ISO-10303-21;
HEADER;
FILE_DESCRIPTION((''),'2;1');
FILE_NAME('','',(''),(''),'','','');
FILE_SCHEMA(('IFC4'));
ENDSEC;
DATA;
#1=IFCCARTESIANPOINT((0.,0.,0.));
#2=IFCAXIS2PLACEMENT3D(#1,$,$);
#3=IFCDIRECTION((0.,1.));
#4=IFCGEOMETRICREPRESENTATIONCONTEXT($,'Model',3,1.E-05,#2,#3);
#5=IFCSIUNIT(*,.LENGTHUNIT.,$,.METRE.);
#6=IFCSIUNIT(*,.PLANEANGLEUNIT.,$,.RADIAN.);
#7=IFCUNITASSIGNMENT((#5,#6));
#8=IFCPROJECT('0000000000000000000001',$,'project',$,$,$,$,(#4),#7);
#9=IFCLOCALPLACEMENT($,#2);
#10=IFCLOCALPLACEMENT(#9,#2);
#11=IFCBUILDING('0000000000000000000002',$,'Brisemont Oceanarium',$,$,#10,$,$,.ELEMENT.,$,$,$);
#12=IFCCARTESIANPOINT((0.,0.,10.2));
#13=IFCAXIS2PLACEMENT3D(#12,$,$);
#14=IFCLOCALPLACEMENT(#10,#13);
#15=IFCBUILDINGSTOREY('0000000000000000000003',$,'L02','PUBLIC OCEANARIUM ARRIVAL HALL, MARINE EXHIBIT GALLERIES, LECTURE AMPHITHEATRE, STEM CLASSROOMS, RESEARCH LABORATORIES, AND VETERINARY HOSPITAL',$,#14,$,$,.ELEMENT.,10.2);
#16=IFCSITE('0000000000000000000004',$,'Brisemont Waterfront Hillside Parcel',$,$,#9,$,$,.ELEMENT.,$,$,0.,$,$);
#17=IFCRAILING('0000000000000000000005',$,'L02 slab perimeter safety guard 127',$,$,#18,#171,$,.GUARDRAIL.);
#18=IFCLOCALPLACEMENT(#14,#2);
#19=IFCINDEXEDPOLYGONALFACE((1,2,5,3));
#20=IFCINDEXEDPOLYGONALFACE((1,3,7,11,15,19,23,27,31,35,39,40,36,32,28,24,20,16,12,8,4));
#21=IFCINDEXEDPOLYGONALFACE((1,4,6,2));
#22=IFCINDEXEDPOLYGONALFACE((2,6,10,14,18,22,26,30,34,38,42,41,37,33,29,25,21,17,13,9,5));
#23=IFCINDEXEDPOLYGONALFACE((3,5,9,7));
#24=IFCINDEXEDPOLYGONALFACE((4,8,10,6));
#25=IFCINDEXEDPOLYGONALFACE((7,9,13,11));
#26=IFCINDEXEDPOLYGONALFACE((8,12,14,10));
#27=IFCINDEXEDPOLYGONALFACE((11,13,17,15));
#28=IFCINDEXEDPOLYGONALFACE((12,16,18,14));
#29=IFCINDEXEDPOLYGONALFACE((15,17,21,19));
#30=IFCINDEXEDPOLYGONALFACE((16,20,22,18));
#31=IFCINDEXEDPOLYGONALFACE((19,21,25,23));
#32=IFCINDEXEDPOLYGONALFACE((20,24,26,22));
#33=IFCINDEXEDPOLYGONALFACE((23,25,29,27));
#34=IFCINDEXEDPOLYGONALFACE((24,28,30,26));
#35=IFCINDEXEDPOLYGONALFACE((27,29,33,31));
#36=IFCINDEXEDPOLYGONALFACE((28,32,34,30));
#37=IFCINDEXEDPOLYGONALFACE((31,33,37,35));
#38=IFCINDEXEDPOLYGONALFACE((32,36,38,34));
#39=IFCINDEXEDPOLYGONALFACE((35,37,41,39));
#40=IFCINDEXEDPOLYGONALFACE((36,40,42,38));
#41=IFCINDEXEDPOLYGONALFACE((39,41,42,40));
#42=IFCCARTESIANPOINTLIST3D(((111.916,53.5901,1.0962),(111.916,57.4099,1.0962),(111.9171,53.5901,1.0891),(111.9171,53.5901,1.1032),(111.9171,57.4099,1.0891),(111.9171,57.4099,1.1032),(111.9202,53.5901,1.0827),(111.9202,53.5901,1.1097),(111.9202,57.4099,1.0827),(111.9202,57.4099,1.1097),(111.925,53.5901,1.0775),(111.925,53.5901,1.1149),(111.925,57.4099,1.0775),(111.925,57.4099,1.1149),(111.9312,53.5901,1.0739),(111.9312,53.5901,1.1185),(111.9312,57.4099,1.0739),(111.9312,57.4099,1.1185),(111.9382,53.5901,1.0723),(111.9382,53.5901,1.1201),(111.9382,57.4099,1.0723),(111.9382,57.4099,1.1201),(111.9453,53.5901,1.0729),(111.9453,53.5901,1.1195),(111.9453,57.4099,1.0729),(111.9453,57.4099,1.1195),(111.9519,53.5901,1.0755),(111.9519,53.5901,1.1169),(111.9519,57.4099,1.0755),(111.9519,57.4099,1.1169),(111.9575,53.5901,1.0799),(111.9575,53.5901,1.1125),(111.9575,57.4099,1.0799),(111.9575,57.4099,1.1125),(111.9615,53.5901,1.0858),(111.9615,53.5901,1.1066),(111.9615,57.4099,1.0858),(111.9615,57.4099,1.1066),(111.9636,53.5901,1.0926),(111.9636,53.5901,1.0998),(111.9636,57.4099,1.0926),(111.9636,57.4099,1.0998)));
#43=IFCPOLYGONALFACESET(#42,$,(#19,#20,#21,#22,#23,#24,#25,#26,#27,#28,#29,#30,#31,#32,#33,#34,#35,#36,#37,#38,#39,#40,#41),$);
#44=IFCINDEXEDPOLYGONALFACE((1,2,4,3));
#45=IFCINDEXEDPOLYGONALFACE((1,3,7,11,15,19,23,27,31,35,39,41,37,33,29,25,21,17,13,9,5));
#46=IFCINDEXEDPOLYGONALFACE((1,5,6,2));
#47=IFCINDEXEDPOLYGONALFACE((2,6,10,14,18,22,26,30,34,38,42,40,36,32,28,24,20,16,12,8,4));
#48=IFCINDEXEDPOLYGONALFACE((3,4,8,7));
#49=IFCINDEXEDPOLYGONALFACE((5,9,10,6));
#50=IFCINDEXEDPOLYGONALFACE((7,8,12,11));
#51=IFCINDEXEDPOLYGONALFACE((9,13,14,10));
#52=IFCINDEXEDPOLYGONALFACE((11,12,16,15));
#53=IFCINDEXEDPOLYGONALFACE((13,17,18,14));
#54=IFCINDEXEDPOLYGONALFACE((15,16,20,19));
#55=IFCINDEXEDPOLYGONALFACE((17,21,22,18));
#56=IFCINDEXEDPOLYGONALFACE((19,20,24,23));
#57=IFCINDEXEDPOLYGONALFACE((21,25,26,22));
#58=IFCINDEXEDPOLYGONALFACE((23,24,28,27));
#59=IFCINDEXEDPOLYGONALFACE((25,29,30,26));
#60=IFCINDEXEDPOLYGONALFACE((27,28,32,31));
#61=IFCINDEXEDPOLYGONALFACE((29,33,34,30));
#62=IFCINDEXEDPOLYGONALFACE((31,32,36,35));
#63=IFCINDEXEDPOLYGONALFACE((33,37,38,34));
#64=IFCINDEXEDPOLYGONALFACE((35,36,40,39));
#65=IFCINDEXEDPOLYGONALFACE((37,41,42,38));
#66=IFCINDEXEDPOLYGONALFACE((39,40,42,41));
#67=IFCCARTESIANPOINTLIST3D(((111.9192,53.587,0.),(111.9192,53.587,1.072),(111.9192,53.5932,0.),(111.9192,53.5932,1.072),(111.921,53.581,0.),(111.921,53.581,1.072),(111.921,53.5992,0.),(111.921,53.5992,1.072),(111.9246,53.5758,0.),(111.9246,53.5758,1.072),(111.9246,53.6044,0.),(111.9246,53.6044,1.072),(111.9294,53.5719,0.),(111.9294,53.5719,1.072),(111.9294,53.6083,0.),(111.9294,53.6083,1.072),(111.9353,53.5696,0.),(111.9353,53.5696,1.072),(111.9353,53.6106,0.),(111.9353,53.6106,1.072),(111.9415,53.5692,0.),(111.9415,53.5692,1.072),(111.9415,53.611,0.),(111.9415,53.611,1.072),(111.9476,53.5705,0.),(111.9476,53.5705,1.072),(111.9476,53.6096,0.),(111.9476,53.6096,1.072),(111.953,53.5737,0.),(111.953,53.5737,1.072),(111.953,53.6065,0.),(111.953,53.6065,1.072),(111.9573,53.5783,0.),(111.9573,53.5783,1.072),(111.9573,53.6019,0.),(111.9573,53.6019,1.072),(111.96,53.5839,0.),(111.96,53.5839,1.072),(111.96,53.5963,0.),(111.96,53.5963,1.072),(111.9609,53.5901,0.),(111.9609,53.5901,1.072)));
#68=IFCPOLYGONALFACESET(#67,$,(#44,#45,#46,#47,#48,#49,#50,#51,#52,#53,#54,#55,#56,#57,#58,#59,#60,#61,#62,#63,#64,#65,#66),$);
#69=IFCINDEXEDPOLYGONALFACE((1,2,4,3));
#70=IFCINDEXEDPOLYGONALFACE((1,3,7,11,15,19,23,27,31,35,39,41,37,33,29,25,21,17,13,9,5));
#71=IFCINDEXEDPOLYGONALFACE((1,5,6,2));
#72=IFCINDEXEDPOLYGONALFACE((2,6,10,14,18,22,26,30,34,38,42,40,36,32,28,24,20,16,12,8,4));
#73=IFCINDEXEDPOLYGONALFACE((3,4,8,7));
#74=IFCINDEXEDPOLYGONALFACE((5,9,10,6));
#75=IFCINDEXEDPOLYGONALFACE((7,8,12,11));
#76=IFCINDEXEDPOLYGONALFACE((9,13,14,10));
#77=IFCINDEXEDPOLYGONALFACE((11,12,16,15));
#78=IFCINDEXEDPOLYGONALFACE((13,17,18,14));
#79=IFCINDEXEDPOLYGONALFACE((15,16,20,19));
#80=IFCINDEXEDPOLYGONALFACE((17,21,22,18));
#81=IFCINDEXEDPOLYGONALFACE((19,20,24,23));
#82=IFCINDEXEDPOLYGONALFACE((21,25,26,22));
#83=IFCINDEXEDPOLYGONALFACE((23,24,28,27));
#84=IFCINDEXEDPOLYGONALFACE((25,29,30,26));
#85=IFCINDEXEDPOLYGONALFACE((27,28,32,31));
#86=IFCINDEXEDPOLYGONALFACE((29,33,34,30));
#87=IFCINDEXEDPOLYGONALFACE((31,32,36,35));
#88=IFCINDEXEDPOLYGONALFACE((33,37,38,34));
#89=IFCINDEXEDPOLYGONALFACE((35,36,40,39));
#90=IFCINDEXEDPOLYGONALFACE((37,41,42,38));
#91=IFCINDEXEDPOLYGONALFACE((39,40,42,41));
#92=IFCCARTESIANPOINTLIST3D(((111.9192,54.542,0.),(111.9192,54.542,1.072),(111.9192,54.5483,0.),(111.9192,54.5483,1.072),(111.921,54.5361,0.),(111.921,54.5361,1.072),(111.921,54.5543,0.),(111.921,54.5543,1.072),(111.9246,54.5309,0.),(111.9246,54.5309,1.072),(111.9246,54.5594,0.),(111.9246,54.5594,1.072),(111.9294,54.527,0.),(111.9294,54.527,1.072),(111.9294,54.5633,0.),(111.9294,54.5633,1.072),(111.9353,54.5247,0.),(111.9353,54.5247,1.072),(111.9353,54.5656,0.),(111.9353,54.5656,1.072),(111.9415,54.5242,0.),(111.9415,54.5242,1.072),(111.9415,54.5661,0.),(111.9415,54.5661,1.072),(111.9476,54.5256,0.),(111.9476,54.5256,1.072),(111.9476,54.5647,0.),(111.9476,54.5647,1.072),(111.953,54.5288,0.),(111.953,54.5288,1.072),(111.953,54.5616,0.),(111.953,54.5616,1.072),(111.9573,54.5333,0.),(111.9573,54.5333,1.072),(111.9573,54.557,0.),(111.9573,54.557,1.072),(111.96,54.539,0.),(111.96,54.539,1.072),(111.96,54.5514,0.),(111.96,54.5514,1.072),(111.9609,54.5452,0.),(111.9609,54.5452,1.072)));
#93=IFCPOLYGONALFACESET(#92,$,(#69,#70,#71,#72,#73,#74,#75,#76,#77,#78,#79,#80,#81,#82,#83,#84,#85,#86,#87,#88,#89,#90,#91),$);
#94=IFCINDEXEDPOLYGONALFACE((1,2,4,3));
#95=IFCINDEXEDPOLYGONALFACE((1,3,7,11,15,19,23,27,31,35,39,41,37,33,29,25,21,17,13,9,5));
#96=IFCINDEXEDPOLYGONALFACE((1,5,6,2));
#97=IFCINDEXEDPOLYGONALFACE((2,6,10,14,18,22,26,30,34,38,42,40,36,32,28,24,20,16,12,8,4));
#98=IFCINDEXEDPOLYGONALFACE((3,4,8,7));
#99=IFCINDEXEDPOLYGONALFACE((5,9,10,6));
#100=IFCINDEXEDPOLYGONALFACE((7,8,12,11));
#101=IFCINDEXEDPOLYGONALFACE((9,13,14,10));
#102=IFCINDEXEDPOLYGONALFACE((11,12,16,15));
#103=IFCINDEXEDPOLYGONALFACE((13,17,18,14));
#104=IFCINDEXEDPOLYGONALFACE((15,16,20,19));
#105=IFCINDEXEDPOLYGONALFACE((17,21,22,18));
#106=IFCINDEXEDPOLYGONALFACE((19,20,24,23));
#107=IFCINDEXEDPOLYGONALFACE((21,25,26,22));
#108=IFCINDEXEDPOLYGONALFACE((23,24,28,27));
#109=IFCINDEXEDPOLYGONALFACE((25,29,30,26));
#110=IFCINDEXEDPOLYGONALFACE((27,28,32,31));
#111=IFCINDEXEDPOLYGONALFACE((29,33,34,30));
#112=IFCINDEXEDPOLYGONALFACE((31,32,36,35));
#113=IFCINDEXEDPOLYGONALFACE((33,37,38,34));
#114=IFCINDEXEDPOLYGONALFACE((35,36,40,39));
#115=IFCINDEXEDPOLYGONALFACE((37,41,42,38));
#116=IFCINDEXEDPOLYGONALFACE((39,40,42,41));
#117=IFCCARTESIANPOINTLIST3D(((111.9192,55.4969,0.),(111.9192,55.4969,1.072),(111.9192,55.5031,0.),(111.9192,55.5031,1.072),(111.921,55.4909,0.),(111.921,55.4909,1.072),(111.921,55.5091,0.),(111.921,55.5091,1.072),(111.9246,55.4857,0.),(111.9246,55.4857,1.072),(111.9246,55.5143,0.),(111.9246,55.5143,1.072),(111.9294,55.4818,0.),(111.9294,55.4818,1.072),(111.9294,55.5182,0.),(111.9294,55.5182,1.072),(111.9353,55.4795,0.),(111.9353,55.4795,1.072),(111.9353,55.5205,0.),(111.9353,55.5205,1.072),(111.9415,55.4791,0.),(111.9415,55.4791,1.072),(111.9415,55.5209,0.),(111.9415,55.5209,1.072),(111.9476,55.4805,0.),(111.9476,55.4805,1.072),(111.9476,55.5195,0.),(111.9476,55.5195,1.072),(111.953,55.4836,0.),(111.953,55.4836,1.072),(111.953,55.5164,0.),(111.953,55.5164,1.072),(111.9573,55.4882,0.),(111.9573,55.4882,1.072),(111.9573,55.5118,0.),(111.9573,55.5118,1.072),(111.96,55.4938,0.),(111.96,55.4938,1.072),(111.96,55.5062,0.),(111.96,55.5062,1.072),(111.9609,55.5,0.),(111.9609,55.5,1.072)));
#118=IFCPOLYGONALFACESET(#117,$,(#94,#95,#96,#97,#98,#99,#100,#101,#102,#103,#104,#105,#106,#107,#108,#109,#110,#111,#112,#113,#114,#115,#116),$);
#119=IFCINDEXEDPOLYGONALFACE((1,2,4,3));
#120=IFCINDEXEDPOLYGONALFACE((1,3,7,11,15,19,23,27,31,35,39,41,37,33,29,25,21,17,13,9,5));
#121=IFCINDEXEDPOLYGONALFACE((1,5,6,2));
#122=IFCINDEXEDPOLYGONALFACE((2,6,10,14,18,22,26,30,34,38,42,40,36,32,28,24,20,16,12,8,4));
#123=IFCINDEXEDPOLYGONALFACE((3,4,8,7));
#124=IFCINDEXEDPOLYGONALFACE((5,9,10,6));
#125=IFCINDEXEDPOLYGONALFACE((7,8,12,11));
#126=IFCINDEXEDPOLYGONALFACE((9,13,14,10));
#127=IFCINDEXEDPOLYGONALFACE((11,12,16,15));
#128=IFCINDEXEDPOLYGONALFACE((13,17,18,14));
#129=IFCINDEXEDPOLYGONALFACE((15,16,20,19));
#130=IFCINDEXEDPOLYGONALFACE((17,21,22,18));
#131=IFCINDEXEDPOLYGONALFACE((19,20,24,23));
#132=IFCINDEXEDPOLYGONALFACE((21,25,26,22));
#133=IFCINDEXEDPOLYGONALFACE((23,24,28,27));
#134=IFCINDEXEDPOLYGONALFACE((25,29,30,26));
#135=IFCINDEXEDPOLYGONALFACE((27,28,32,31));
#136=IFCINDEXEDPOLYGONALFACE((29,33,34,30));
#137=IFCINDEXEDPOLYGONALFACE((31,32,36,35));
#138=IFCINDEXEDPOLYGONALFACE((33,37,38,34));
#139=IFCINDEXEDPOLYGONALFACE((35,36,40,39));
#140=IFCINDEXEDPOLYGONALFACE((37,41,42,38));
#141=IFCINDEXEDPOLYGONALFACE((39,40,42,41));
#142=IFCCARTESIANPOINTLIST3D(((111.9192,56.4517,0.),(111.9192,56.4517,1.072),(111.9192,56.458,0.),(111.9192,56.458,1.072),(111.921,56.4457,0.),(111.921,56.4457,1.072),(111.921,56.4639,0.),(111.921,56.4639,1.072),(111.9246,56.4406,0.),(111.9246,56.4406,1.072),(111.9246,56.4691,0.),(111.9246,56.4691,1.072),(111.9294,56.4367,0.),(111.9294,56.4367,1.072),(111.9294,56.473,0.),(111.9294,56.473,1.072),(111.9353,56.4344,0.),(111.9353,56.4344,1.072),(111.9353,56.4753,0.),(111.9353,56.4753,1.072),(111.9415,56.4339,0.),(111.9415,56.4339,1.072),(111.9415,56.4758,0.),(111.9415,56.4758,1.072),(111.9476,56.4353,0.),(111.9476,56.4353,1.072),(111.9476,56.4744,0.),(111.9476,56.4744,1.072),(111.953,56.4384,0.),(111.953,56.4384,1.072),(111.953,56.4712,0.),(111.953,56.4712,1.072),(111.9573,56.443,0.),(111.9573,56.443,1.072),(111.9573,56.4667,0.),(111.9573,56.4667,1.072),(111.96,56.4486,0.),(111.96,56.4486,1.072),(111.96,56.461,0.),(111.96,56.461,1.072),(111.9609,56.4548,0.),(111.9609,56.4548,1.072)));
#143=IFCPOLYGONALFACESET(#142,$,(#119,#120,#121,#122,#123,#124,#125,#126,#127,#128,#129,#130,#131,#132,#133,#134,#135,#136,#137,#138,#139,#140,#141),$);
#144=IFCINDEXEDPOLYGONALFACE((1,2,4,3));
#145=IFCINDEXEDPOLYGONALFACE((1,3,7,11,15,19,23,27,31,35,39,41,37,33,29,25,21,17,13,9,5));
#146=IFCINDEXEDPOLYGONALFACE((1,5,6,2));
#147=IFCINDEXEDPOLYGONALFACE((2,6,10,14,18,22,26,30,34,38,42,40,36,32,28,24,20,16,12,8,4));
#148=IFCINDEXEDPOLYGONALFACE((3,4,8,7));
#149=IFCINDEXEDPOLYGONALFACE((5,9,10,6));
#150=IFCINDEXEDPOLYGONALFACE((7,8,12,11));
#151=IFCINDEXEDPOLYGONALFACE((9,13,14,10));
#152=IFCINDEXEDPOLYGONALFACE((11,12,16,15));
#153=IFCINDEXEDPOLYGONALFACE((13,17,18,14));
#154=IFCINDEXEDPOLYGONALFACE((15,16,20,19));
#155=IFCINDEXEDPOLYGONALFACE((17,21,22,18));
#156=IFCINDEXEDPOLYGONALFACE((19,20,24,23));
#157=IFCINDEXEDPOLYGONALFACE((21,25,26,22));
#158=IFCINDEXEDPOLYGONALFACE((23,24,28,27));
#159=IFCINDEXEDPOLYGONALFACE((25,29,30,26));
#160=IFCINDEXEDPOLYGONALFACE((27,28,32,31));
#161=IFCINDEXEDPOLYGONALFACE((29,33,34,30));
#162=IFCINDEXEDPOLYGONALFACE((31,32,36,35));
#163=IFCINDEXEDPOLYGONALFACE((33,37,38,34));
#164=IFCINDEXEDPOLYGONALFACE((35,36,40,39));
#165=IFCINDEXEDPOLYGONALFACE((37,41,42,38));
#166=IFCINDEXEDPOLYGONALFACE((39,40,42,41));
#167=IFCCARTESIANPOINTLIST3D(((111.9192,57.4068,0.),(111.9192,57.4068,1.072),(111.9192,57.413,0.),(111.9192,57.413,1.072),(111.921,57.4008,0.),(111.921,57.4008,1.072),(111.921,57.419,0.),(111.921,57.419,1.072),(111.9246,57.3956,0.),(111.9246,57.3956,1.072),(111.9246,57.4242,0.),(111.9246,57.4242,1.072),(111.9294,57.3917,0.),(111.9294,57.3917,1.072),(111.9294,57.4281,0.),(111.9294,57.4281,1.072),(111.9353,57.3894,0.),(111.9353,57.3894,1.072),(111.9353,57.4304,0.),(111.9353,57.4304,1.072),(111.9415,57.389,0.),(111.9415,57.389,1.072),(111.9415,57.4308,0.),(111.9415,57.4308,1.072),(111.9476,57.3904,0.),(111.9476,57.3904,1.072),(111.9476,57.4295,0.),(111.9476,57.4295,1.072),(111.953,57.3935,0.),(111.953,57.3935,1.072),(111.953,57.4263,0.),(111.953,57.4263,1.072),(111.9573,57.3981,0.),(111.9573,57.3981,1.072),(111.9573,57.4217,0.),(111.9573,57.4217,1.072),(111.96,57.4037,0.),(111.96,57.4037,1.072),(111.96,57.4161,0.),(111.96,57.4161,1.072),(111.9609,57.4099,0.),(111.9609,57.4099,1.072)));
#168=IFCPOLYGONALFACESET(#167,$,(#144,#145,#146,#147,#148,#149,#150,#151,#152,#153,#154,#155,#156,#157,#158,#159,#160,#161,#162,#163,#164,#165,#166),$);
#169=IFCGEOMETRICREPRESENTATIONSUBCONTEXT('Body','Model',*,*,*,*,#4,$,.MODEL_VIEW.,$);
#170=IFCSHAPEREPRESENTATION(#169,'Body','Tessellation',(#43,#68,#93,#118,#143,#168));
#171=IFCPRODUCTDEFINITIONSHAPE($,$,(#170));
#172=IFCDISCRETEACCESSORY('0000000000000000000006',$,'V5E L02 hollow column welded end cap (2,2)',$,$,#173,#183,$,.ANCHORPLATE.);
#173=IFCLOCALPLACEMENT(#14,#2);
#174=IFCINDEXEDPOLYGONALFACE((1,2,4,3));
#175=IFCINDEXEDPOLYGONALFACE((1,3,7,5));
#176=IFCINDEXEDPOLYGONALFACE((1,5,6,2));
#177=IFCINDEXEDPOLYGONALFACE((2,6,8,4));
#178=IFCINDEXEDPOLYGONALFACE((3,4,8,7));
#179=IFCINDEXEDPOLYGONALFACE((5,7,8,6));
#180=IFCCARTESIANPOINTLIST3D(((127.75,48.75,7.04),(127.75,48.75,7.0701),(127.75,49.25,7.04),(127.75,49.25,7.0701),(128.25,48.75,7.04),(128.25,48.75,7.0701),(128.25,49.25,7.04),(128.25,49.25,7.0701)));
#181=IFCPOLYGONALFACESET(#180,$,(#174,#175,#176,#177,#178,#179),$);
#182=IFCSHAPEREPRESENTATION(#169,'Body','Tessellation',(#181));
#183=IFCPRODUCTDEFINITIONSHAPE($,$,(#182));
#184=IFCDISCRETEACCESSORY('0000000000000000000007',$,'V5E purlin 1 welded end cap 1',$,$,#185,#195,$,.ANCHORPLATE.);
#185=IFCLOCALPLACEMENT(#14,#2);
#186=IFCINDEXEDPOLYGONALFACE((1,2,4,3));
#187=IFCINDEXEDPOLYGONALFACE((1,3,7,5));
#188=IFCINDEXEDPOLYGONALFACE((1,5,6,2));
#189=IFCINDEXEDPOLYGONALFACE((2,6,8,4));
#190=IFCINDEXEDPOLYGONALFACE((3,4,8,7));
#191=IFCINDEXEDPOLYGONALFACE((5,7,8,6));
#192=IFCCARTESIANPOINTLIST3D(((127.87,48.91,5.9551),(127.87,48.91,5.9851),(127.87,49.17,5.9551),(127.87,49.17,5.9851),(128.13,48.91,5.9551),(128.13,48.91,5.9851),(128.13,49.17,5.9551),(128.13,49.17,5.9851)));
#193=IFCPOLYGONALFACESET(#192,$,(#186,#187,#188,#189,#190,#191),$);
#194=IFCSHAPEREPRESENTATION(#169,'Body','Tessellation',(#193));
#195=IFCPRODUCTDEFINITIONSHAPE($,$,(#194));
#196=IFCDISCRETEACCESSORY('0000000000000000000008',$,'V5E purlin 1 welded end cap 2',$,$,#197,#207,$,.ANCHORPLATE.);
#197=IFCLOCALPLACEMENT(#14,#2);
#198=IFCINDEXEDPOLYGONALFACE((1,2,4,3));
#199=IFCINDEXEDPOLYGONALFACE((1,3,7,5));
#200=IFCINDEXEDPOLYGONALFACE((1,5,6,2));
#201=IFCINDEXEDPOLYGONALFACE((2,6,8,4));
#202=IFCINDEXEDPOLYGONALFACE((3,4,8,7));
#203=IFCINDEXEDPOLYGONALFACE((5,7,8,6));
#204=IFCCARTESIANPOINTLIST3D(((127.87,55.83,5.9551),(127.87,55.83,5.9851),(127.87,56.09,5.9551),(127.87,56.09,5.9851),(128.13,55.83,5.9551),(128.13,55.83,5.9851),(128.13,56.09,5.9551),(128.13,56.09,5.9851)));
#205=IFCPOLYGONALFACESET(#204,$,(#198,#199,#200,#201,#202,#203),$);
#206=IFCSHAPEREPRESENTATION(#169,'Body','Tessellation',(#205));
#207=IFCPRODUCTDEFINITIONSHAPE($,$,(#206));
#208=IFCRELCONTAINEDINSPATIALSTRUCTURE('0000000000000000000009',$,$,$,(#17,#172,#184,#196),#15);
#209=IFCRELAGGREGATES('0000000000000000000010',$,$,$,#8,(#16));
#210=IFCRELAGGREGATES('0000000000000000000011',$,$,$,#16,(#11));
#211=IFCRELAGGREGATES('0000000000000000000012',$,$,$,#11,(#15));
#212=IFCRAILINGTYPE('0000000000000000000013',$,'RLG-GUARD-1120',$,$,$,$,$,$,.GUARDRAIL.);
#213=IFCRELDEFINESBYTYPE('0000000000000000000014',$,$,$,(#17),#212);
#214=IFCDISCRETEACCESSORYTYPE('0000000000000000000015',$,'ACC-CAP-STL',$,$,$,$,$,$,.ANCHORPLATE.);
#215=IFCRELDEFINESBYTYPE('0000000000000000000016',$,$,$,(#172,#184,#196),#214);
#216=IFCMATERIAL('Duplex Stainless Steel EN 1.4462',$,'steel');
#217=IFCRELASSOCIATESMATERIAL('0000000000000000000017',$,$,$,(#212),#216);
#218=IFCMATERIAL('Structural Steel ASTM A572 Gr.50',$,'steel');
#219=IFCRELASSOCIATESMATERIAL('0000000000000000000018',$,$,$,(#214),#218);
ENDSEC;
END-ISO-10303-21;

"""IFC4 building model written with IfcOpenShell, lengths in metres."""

from ifc_helpers import new_model, si_unit, direction, frame, origin, origin_2d, place, context, subcontext, project, spatial, rectangle, circle, extrude, material, type_object, element, save


model = new_model("IFC4")

# Units and contexts
model_context = context("Model", 3, precision=1e-05, world=origin(), true_north=direction((0.0, 1.0)))
body_context = subcontext(model_context, "Body", "Model", "MODEL_VIEW")
ifc_project = project(units=[si_unit("LENGTHUNIT", "METRE"), si_unit("PLANEANGLEUNIT", "RADIAN")], contexts=[model_context])

# Site, building, storey
site_placement = place(None, origin())
site = spatial("IfcSite", under=ifc_project, at=site_placement, Name="Brisemont Waterfront Hillside Parcel", CompositionType="ELEMENT", RefElevation=0.0)
building_placement = place(site_placement, origin())
building = spatial("IfcBuilding", under=site, at=building_placement, Name="Brisemont Oceanarium", CompositionType="ELEMENT")
storey_placement = place(building_placement, frame((0.0, 0.0, 10.2)))
storey = spatial("IfcBuildingStorey", under=building, at=storey_placement, Name="L02", Description="PUBLIC OCEANARIUM ARRIVAL HALL, MARINE EXHIBIT GALLERIES, LECTURE AMPHITHEATRE, STEM CLASSROOMS, RESEARCH LABORATORIES, AND VETERINARY HOSPITAL", CompositionType="ELEMENT", Elevation=10.2)

# Railing
ifc_material_1 = material(Name="Duplex Stainless Steel EN 1.4462", Category="steel")
railing_type = type_object("IfcRailingType", Name="RLG-GUARD-1120", PredefinedType="GUARDRAIL", material=ifc_material_1)
railing_placement = place(storey_placement, frame((111.9399, 53.5901, 0.0)))
element("IfcRailing", 1, at=railing_placement, inside=storey, type_object=railing_type, Name="L02 slab perimeter safety guard 127", PredefinedType="GUARDRAIL", context=body_context, shape_type="SweptSolid", body=[
    extrude(circle(Radius=0.0239, at=origin_2d()), frame((0.0, 0.0, 1.0962), z_axis=(0.0, 1.0, 0.0), x_axis=(-1.0, 0.0, 0.0)), (0.0, 0.0, 1.0), 3.8198),
    extrude(circle(Radius=0.021, at=origin_2d()), origin(), (0.0, 0.0, 1.0), 1.072),
    extrude(circle(Radius=0.021, at=origin_2d()), frame((0.0, 0.9551, 0.0)), (0.0, 0.0, 1.0), 1.072),
    extrude(circle(Radius=0.021, at=origin_2d()), frame((0.0, 1.9099, 0.0)), (0.0, 0.0, 1.0), 1.072),
    extrude(circle(Radius=0.021, at=origin_2d()), frame((0.0, 2.8647, 0.0)), (0.0, 0.0, 1.0), 1.072),
    extrude(circle(Radius=0.021, at=origin_2d()), frame((0.0, 3.8198, 0.0)), (0.0, 0.0, 1.0), 1.072),
])

# Discrete accessories
ifc_material_2 = material(Name="Structural Steel ASTM A572 Gr.50", Category="steel")
discrete_accessory_type = type_object("IfcDiscreteAccessoryType", Name="ACC-CAP-STL", PredefinedType="ANCHORPLATE", material=ifc_material_2)
discrete_accessory_placement = place(storey_placement, frame((128.0, 49.0, 7.04), z_axis=(0.0, 0.0, 1.0), x_axis=(1.0, 0.0, 0.0)))
element("IfcDiscreteAccessory", 2, at=discrete_accessory_placement, inside=storey, type_object=discrete_accessory_type, Name="V5E L02 hollow column welded end cap (2,2)", PredefinedType="ANCHORPLATE", context=body_context, shape_type="SweptSolid", body=[
    extrude(rectangle(XDim=0.5, YDim=0.5, at=origin_2d()), origin(), (0.0, 0.0, 1.0), 0.03),
])
for number, where, z_axis, x_axis, name in (
    (3, (128.0, 49.04, 5.9551), (0.0, 0.0, 1.0), (1.0, 0.0, 0.0), "V5E purlin 1 welded end cap 1"),
    (4, (128.0, 55.96, 5.9551), (0.0, 0.0, 1.0), (1.0, 0.0, 0.0), "V5E purlin 1 welded end cap 2"),
):
    element("IfcDiscreteAccessory", number, at=place(storey_placement, frame(where, z_axis=z_axis, x_axis=x_axis)), inside=storey, type_object=discrete_accessory_type, Name=name, PredefinedType="ANCHORPLATE", context=body_context, shape_type="SweptSolid", body=[
        extrude(rectangle(XDim=0.26, YDim=0.26, at=origin_2d()), origin(), (0.0, 0.0, 1.0), 0.03),
    ])

save(model, "model.ifc")
